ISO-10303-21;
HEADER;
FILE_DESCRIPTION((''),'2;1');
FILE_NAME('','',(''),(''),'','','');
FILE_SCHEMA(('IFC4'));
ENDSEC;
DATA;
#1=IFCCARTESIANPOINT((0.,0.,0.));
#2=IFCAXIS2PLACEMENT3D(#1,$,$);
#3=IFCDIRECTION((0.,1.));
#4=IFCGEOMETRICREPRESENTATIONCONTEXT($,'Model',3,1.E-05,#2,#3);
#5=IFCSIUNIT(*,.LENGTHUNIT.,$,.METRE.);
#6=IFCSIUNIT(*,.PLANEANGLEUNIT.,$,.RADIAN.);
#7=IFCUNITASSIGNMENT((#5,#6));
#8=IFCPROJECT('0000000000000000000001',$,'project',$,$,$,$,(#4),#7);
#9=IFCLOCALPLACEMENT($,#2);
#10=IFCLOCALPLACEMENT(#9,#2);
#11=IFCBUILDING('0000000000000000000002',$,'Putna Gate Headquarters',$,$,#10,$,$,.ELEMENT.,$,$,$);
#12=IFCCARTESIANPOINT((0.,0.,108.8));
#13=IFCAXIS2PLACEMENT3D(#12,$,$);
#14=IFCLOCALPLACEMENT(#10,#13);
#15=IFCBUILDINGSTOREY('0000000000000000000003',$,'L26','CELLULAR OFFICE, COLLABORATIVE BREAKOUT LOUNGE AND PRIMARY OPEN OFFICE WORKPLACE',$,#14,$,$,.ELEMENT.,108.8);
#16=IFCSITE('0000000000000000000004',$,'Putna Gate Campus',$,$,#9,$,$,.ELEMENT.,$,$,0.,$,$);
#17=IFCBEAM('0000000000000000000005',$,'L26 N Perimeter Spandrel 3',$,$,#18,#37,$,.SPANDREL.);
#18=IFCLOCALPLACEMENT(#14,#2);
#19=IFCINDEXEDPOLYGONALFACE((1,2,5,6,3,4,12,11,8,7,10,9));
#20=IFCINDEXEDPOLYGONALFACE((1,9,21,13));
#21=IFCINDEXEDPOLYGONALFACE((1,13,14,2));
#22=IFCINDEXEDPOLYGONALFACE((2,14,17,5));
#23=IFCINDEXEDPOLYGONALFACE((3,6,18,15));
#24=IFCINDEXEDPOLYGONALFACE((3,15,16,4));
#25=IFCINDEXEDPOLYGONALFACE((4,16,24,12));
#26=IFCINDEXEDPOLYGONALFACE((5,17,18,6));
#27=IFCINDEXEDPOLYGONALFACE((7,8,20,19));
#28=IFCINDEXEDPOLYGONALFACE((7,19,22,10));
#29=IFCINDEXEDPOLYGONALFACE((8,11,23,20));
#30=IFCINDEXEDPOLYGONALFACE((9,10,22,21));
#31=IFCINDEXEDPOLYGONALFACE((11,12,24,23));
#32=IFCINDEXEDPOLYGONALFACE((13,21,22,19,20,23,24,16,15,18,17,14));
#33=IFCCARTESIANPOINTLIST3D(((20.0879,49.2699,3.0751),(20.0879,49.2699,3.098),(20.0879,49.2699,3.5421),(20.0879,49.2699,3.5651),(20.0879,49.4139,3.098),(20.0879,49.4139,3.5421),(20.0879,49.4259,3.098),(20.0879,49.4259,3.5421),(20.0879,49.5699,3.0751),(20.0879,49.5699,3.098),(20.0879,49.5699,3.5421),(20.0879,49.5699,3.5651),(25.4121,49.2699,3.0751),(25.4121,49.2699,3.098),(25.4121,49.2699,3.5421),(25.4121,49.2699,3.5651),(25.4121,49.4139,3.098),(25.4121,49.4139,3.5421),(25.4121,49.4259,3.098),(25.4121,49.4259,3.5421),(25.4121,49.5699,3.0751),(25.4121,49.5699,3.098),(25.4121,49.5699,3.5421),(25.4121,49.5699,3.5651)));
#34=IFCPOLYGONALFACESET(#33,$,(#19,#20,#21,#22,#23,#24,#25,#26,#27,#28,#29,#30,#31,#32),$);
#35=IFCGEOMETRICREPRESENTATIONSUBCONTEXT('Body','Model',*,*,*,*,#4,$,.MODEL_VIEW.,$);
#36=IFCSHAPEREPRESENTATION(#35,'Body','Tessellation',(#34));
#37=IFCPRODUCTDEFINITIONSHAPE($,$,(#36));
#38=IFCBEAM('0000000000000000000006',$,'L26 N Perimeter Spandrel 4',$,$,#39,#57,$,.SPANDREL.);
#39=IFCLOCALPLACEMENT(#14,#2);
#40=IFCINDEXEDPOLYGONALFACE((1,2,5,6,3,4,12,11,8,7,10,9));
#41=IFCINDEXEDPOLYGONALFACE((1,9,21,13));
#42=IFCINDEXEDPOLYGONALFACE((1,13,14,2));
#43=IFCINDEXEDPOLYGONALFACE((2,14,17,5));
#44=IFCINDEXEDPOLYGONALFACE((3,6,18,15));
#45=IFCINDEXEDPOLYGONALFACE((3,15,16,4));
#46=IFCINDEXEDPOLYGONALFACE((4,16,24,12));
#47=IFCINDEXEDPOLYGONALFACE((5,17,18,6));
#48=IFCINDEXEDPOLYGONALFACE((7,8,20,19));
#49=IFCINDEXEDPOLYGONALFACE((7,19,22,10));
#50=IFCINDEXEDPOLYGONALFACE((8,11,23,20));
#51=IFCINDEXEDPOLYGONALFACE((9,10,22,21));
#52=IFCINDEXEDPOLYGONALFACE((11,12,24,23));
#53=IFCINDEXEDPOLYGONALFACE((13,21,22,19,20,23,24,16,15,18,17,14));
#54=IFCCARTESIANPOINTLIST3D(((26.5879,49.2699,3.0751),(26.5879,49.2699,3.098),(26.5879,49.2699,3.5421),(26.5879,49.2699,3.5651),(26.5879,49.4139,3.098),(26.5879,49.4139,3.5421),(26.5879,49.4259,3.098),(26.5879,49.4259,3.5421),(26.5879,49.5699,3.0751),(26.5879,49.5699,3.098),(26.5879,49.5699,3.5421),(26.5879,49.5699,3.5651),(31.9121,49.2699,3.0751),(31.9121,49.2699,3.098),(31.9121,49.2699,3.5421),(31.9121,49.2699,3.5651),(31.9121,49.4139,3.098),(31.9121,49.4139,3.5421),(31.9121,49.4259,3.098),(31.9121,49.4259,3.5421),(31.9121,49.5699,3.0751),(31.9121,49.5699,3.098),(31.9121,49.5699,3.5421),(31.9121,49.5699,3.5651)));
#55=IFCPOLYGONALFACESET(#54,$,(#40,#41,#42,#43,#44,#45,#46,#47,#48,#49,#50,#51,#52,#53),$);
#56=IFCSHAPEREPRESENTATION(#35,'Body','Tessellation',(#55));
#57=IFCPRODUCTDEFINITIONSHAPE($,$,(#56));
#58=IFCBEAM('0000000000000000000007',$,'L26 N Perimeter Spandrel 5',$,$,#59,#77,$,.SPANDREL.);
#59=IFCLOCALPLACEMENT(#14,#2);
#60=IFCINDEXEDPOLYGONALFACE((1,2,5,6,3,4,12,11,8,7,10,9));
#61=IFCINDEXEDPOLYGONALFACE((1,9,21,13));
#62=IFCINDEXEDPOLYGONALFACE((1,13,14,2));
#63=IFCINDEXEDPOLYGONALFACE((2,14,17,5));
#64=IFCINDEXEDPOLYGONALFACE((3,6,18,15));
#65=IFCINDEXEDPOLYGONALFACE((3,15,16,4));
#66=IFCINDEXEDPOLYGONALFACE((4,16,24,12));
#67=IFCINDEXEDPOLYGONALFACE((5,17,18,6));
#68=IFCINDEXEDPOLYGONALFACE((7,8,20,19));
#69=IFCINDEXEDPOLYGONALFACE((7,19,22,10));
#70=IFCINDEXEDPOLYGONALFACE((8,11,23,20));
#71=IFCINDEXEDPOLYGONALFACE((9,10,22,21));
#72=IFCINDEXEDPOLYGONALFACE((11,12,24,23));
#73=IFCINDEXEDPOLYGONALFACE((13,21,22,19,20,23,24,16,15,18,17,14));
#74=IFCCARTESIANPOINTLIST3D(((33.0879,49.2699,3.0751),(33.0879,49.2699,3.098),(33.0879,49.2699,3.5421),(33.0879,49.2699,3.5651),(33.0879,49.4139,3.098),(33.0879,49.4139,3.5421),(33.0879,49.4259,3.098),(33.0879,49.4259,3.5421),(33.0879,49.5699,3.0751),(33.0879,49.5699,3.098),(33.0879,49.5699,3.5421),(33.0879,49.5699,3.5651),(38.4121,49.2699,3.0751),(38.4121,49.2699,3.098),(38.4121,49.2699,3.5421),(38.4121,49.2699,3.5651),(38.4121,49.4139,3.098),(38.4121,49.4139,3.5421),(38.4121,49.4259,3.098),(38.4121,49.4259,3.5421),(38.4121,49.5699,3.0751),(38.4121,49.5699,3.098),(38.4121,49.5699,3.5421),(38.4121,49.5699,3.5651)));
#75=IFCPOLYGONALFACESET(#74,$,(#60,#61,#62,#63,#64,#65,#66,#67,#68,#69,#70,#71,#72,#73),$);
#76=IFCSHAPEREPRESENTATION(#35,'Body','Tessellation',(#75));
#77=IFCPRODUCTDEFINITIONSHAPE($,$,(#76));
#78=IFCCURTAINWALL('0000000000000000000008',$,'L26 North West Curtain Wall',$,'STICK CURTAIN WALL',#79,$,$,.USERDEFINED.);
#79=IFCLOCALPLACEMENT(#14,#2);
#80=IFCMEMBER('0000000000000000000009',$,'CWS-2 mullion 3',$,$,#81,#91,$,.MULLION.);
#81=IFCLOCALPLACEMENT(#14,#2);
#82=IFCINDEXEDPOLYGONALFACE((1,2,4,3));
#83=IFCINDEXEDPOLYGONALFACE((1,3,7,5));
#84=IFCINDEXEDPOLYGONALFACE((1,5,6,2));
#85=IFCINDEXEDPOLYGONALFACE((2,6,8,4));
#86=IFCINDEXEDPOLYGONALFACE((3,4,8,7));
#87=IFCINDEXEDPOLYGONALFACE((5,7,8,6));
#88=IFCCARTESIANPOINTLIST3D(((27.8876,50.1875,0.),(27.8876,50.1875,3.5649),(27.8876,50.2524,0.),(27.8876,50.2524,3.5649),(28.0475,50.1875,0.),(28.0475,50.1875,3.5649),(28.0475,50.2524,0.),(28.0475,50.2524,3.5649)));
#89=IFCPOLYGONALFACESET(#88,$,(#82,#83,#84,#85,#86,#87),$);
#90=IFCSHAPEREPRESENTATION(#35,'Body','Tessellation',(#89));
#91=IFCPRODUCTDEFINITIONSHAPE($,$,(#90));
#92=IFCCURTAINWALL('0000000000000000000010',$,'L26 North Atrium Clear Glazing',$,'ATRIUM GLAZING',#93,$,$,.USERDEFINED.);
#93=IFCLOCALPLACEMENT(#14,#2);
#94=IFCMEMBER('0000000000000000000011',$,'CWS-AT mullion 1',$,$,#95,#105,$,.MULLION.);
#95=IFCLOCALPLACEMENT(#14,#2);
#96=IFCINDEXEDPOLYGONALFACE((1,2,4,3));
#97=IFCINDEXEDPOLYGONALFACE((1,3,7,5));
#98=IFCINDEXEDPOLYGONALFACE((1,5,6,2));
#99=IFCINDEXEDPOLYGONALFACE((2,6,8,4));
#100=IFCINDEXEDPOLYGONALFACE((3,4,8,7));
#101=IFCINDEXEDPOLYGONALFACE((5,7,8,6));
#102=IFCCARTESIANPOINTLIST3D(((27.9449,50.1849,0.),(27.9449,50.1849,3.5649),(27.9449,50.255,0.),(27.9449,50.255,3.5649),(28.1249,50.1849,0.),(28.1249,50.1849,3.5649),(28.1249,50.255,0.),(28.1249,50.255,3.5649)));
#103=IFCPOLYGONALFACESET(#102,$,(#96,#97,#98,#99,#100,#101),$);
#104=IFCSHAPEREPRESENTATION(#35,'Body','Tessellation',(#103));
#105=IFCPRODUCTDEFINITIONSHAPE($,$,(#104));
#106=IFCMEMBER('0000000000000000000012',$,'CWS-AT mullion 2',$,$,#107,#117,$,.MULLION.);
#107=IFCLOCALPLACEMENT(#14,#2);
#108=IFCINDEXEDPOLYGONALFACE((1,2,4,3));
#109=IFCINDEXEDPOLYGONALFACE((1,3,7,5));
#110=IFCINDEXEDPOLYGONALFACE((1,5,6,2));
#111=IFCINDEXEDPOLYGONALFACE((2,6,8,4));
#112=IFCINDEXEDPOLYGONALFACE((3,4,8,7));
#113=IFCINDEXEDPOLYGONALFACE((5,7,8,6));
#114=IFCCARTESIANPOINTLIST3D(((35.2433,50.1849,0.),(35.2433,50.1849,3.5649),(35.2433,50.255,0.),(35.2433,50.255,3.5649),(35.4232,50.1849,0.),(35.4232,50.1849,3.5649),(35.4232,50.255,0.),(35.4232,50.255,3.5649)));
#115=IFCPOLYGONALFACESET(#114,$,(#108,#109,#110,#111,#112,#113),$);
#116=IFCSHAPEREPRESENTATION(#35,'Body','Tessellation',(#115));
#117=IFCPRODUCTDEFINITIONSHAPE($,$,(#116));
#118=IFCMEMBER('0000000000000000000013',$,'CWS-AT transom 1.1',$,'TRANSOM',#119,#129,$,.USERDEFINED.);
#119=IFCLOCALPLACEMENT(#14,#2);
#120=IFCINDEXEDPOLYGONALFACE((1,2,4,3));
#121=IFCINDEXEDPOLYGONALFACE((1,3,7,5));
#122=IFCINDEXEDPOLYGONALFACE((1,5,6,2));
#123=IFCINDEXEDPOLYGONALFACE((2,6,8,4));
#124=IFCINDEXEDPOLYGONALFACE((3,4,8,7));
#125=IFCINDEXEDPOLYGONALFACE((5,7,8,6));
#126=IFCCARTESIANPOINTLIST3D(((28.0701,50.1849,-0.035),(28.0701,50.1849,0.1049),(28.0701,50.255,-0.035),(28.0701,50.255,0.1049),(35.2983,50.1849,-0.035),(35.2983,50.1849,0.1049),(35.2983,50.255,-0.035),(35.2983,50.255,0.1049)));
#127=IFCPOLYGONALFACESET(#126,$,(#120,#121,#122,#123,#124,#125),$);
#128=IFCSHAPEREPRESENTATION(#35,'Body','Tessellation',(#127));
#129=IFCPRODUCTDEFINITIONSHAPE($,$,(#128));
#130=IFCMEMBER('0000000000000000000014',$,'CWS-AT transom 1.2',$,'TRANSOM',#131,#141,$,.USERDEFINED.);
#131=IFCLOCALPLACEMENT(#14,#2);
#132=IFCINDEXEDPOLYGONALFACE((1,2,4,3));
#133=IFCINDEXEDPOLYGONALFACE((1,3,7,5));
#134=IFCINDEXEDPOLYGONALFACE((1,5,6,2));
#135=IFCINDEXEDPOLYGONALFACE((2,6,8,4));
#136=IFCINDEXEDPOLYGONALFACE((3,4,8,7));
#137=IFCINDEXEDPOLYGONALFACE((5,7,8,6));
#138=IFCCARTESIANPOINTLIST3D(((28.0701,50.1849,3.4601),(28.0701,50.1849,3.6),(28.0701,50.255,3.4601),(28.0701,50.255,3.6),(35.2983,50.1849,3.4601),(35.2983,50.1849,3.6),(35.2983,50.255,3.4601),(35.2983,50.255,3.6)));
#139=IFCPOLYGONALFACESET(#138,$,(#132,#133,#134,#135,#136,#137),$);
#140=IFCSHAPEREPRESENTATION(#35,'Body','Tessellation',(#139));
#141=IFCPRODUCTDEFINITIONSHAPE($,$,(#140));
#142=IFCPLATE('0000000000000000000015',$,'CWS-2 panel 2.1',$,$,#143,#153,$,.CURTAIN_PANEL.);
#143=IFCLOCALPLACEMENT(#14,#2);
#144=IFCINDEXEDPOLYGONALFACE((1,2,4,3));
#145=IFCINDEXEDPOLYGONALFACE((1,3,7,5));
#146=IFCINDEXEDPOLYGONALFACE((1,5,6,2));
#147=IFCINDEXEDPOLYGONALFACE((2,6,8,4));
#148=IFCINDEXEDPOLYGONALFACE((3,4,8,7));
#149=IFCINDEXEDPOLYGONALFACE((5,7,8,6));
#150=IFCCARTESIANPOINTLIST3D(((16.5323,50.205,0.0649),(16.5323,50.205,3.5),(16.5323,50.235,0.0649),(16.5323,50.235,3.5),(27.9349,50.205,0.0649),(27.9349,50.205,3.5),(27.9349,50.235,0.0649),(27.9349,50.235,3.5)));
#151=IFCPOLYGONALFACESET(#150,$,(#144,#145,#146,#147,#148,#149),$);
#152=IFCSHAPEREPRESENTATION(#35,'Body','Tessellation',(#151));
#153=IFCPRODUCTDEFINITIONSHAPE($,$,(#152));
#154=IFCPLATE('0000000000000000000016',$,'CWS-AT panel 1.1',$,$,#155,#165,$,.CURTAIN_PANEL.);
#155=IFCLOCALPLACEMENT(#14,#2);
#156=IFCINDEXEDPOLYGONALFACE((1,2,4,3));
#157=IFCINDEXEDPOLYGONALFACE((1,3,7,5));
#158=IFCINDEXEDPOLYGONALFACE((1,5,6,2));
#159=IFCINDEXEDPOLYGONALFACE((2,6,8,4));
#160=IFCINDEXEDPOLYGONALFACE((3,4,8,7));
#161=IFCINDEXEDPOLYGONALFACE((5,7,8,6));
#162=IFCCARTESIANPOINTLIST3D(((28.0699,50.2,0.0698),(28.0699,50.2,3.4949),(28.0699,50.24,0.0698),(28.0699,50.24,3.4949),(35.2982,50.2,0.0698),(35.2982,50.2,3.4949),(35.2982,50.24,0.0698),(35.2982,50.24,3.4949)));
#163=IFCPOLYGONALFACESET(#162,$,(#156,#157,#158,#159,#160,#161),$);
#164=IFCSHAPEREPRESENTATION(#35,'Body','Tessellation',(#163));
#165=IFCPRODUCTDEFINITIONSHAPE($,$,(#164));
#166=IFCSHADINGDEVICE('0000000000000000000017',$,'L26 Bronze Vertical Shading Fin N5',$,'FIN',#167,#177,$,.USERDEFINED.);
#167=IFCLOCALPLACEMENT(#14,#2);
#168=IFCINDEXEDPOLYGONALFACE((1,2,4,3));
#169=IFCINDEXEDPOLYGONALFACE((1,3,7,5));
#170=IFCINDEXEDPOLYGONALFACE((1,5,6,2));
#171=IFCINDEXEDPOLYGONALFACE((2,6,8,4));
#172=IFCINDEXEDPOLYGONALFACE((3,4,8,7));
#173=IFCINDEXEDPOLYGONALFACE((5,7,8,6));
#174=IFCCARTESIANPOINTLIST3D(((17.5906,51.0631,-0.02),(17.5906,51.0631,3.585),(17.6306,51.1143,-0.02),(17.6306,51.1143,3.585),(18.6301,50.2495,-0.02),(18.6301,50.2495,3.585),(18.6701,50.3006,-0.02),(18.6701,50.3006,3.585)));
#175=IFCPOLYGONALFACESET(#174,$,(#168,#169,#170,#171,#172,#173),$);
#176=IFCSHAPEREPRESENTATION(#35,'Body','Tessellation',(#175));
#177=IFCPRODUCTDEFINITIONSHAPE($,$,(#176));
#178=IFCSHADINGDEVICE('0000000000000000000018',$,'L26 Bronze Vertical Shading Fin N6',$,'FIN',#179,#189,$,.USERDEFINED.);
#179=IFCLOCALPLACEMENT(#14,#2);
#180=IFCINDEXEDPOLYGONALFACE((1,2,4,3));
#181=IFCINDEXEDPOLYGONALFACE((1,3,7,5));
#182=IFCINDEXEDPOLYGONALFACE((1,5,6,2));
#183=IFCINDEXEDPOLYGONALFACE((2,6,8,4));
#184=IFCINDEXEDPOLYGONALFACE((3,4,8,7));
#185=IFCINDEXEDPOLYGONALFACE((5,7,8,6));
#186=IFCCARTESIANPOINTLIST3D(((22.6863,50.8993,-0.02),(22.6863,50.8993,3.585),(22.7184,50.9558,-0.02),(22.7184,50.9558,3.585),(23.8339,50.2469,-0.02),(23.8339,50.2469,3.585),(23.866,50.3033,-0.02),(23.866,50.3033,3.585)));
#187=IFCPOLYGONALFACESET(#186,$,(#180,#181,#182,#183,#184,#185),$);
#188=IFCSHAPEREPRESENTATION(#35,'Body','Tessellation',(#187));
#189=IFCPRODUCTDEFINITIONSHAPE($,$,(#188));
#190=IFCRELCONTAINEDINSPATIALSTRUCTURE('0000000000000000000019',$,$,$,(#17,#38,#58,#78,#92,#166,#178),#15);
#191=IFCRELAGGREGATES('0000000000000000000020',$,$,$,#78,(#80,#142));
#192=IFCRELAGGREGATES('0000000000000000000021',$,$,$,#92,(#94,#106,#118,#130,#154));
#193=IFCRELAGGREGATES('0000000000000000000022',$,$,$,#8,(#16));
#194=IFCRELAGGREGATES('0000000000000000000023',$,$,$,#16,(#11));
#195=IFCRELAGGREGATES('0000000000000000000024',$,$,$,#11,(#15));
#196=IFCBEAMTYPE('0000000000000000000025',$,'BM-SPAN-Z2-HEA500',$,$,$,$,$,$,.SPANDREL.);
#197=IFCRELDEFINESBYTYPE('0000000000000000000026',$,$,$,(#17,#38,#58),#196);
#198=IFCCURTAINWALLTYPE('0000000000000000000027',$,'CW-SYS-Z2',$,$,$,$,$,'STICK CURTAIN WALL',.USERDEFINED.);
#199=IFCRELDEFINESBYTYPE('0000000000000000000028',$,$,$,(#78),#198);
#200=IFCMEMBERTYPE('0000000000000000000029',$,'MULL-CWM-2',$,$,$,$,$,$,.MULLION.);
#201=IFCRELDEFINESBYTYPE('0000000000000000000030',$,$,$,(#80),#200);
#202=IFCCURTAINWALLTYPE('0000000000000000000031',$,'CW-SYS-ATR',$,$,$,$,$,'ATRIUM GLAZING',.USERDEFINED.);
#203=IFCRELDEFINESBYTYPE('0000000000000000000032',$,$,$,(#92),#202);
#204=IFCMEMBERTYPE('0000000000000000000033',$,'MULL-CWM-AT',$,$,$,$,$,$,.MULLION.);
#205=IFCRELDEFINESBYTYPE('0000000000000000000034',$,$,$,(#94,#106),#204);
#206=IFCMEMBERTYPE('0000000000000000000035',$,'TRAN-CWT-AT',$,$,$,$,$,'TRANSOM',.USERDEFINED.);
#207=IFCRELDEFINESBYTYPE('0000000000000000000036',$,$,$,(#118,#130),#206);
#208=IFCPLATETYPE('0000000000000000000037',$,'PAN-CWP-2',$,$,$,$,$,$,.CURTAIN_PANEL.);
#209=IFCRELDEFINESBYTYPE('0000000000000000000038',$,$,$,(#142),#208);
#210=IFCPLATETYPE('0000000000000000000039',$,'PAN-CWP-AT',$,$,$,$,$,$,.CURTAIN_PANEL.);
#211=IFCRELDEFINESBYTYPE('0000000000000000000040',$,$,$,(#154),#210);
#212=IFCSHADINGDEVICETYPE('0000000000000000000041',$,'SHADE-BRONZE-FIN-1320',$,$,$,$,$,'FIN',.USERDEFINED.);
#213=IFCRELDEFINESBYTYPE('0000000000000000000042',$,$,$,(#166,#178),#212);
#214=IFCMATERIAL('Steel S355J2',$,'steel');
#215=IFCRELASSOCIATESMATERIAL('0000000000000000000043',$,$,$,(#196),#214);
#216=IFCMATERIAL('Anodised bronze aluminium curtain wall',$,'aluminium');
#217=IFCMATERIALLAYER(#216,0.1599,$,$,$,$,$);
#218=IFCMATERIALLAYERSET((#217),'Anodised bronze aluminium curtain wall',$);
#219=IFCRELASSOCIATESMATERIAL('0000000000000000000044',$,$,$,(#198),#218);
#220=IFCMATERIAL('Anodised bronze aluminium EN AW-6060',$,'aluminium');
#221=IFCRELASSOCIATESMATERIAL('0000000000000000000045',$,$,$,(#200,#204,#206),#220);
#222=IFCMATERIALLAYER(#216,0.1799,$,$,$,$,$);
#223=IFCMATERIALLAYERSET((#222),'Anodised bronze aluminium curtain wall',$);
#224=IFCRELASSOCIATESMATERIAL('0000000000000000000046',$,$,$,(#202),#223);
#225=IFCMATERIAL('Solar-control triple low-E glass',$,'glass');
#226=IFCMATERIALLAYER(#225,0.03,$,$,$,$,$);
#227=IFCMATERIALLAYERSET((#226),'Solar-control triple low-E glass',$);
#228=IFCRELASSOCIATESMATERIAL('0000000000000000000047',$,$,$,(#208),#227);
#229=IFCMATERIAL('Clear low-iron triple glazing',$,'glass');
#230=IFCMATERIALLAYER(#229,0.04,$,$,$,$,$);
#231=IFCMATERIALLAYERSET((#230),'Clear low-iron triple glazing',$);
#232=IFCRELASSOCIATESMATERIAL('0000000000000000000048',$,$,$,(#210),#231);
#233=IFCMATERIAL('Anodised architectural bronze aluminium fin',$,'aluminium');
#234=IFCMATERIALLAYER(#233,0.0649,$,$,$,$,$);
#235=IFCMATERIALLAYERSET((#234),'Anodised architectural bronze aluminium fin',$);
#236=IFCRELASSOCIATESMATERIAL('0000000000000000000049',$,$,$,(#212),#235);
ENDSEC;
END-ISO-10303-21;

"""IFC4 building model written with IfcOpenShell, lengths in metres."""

from ifc_helpers import new_model, si_unit, direction, frame, origin, origin_2d, place, context, subcontext, project, spatial, rectangle, i_section, extrude, material, layer, layer_set, material_profile, profile_set, type_object, element, aggregate, save


model = new_model("IFC4")

# Units and contexts
model_context = context("Model", 3, precision=1e-05, world=origin(), true_north=direction((0.0, 1.0)))
body_context = subcontext(model_context, "Body", "Model", "MODEL_VIEW")
ifc_project = project(units=[si_unit("LENGTHUNIT", "METRE"), si_unit("PLANEANGLEUNIT", "RADIAN")], contexts=[model_context])

# Site, building, storey
site_placement = place(None, origin())
site = spatial("IfcSite", under=ifc_project, at=site_placement, Name="Putna Gate Campus", CompositionType="ELEMENT", RefElevation=0.0)
building_placement = place(site_placement, origin())
building = spatial("IfcBuilding", under=site, at=building_placement, Name="Putna Gate Headquarters", CompositionType="ELEMENT")
storey_placement = place(building_placement, frame((0.0, 0.0, 108.8)))
storey = spatial("IfcBuildingStorey", under=building, at=storey_placement, Name="L26", Description="CELLULAR OFFICE, COLLABORATIVE BREAKOUT LOUNGE AND PRIMARY OPEN OFFICE WORKPLACE", CompositionType="ELEMENT", Elevation=108.8)

# Beams
ifc_material_1 = material(Name="Steel S355J2", Category="steel")
ifc_material_profile_1 = material_profile(ifc_material_1, i_section(OverallWidth=0.3, OverallDepth=0.49, WebThickness=0.012, FlangeThickness=0.0229, at=origin_2d()), Name="Steel S355J2")
ifc_profile_set_1 = profile_set([ifc_material_profile_1], Name="Steel S355J2")
beam_type_1 = type_object("IfcBeamType", Name="BM-SPAN-Z2-HEA500", PredefinedType="SPANDREL", material=ifc_profile_set_1)
for number, where, z_axis, x_axis, name in (
    (1, (20.0879, 49.4199, 3.3201), (1.0, 0.0, 0.0), (0.0, 1.0, 0.0), "L26 N Perimeter Spandrel 3"),
    (2, (26.5879, 49.4199, 3.3201), (1.0, 0.0, 0.0), (0.0, 1.0, 0.0), "L26 N Perimeter Spandrel 4"),
    (3, (33.0879, 49.4199, 3.3201), (1.0, 0.0, 0.0), (0.0, 1.0, 0.0), "L26 N Perimeter Spandrel 5"),
):
    element("IfcBeam", number, at=place(storey_placement, frame(where, z_axis=z_axis, x_axis=x_axis)), inside=storey, type_object=beam_type_1, Name=name, PredefinedType="SPANDREL", context=body_context, shape_type="SweptSolid", body=[
        extrude(i_section(OverallWidth=0.3, OverallDepth=0.49, WebThickness=0.012, FlangeThickness=0.0229, at=origin_2d()), origin(), (0.0, 0.0, 1.0), 5.3242),
    ])

# Curtain wall, member
ifc_material_2 = material(Name="Anodised bronze aluminium curtain wall", Category="aluminium")
ifc_layer_1 = layer(ifc_material_2, 0.1599)
ifc_layer_set_1 = layer_set([ifc_layer_1], Name="Anodised bronze aluminium curtain wall")
curtain_wall_type_1 = type_object("IfcCurtainWallType", Name="CW-SYS-Z2", ElementType="STICK CURTAIN WALL", PredefinedType="USERDEFINED", material=ifc_layer_set_1)
curtain_wall_1_placement = place(storey_placement, origin())
curtain_wall_1 = element("IfcCurtainWall", 4, at=curtain_wall_1_placement, inside=storey, type_object=curtain_wall_type_1, Name="L26 North West Curtain Wall", ObjectType="STICK CURTAIN WALL", PredefinedType="USERDEFINED")
ifc_material_3 = material(Name="Anodised bronze aluminium EN AW-6060", Category="aluminium")
ifc_material_profile_2 = material_profile(ifc_material_3, rectangle(XDim=0.0649, YDim=0.1599, at=origin_2d()), Name="Anodised bronze aluminium EN AW-6060")
ifc_profile_set_2 = profile_set([ifc_material_profile_2], Name="Anodised bronze aluminium EN AW-6060")
member_type_1 = type_object("IfcMemberType", Name="MULL-CWM-2", PredefinedType="MULLION", material=ifc_profile_set_2)
member_1_placement = place(storey_placement, frame((27.9675, 50.22, 0.0), z_axis=(0.0, 0.0, 1.0), x_axis=(0.0, 1.0, 0.0)))
member_1 = element("IfcMember", 5, at=member_1_placement, type_object=member_type_1, Name="CWS-2 mullion 3", PredefinedType="MULLION", context=body_context, shape_type="SweptSolid", body=[
    extrude(rectangle(XDim=0.0649, YDim=0.1599, at=origin_2d()), origin(), (0.0, 0.0, 1.0), 3.5649),
])

# Curtain wall, members
ifc_layer_2 = layer(ifc_material_2, 0.1799)
ifc_layer_set_2 = layer_set([ifc_layer_2], Name="Anodised bronze aluminium curtain wall")
curtain_wall_type_2 = type_object("IfcCurtainWallType", Name="CW-SYS-ATR", ElementType="ATRIUM GLAZING", PredefinedType="USERDEFINED", material=ifc_layer_set_2)
curtain_wall_2_placement = place(storey_placement, origin())
curtain_wall_2 = element("IfcCurtainWall", 6, at=curtain_wall_2_placement, inside=storey, type_object=curtain_wall_type_2, Name="L26 North Atrium Clear Glazing", ObjectType="ATRIUM GLAZING", PredefinedType="USERDEFINED")
ifc_material_profile_3 = material_profile(ifc_material_3, rectangle(XDim=0.0701, YDim=0.1799, at=origin_2d()), Name="Anodised bronze aluminium EN AW-6060")
ifc_profile_set_3 = profile_set([ifc_material_profile_3], Name="Anodised bronze aluminium EN AW-6060")
member_type_2 = type_object("IfcMemberType", Name="MULL-CWM-AT", PredefinedType="MULLION", material=ifc_profile_set_3)
member_2_placement = place(storey_placement, frame((28.0349, 50.22, 0.0), z_axis=(0.0, 0.0, 1.0), x_axis=(0.0, 1.0, 0.0)))
member_2 = element("IfcMember", 7, at=member_2_placement, type_object=member_type_2, Name="CWS-AT mullion 1", PredefinedType="MULLION", context=body_context, shape_type="SweptSolid", body=[
    extrude(rectangle(XDim=0.0701, YDim=0.1799, at=origin_2d()), origin(), (0.0, 0.0, 1.0), 3.5649),
])
member_3_placement = place(storey_placement, frame((35.3333, 50.22, 0.0), z_axis=(0.0, 0.0, 1.0), x_axis=(0.0, 1.0, 0.0)))
member_3 = element("IfcMember", 8, at=member_3_placement, type_object=member_type_2, Name="CWS-AT mullion 2", PredefinedType="MULLION", context=body_context, shape_type="SweptSolid", body=[
    extrude(rectangle(XDim=0.0701, YDim=0.1799, at=origin_2d()), origin(), (0.0, 0.0, 1.0), 3.5649),
])
ifc_material_profile_4 = material_profile(ifc_material_3, rectangle(XDim=0.0701, YDim=0.1399, at=origin_2d()), Name="Anodised bronze aluminium EN AW-6060")
ifc_profile_set_4 = profile_set([ifc_material_profile_4], Name="Anodised bronze aluminium EN AW-6060")
member_type_3 = type_object("IfcMemberType", Name="TRAN-CWT-AT", ElementType="TRANSOM", PredefinedType="USERDEFINED", material=ifc_profile_set_4)
member_4_placement = place(storey_placement, frame((28.0701, 50.22, 0.0349), z_axis=(1.0, 0.0, 0.0), x_axis=(0.0, 1.0, 0.0)))
member_4 = element("IfcMember", 9, at=member_4_placement, type_object=member_type_3, Name="CWS-AT transom 1.1", ObjectType="TRANSOM", PredefinedType="USERDEFINED", context=body_context, shape_type="SweptSolid", body=[
    extrude(rectangle(XDim=0.0701, YDim=0.1399, at=origin_2d()), origin(), (0.0, 0.0, 1.0), 7.2283),
])
member_5_placement = place(storey_placement, frame((28.0701, 50.22, 3.53), z_axis=(1.0, 0.0, 0.0), x_axis=(0.0, 1.0, 0.0)))
member_5 = element("IfcMember", 10, at=member_5_placement, type_object=member_type_3, Name="CWS-AT transom 1.2", ObjectType="TRANSOM", PredefinedType="USERDEFINED", context=body_context, shape_type="SweptSolid", body=[
    extrude(rectangle(XDim=0.0701, YDim=0.1399, at=origin_2d()), origin(), (0.0, 0.0, 1.0), 7.2283),
])

# Plates
ifc_material_4 = material(Name="Solar-control triple low-E glass", Category="glass")
ifc_layer_3 = layer(ifc_material_4, 0.03)
ifc_layer_set_3 = layer_set([ifc_layer_3], Name="Solar-control triple low-E glass")
plate_type_1 = type_object("IfcPlateType", Name="PAN-CWP-2", PredefinedType="CURTAIN_PANEL", material=ifc_layer_set_3)
plate_1_placement = place(storey_placement, frame((22.2336, 50.22, 0.0649), z_axis=(0.0, 0.0, 1.0), x_axis=(1.0, 0.0, 0.0)))
plate_1 = element("IfcPlate", 11, at=plate_1_placement, type_object=plate_type_1, Name="CWS-2 panel 2.1", PredefinedType="CURTAIN_PANEL", context=body_context, shape_type="SweptSolid", body=[
    extrude(rectangle(XDim=11.4026, YDim=0.03, at=origin_2d()), origin(), (0.0, 0.0, 1.0), 3.4351),
])
aggregate(curtain_wall_1, [member_1, plate_1])
ifc_material_5 = material(Name="Clear low-iron triple glazing", Category="glass")
ifc_layer_4 = layer(ifc_material_5, 0.04)
ifc_layer_set_4 = layer_set([ifc_layer_4], Name="Clear low-iron triple glazing")
plate_type_2 = type_object("IfcPlateType", Name="PAN-CWP-AT", PredefinedType="CURTAIN_PANEL", material=ifc_layer_set_4)
plate_2_placement = place(storey_placement, frame((31.6841, 50.22, 0.0698), z_axis=(0.0, 0.0, 1.0), x_axis=(1.0, 0.0, 0.0)))
plate_2 = element("IfcPlate", 12, at=plate_2_placement, type_object=plate_type_2, Name="CWS-AT panel 1.1", PredefinedType="CURTAIN_PANEL", context=body_context, shape_type="SweptSolid", body=[
    extrude(rectangle(XDim=7.2283, YDim=0.04, at=origin_2d()), origin(), (0.0, 0.0, 1.0), 3.425),
])
aggregate(curtain_wall_2, [member_2, member_3, member_4, member_5, plate_2])

# Shading devices
ifc_material_6 = material(Name="Anodised architectural bronze aluminium fin", Category="aluminium")
ifc_layer_5 = layer(ifc_material_6, 0.0649)
ifc_layer_set_5 = layer_set([ifc_layer_5], Name="Anodised architectural bronze aluminium fin")
shading_device_type = type_object("IfcShadingDeviceType", Name="SHADE-BRONZE-FIN-1320", ElementType="FIN", PredefinedType="USERDEFINED", material=ifc_layer_set_5)
for number, where, z_axis, x_axis, name in (
    (13, (18.1304, 50.6819, -0.02), (0.0, 0.0, 1.0), (-0.787473, 0.616349, 0.0), "L26 Bronze Vertical Shading Fin N5"),
    (14, (23.2761, 50.6013, -0.02), (0.0, 0.0, 1.0), (-0.869322, 0.494245, 0.0), "L26 Bronze Vertical Shading Fin N6"),
):
    element("IfcShadingDevice", number, at=place(storey_placement, frame(where, z_axis=z_axis, x_axis=x_axis)), inside=storey, type_object=shading_device_type, Name=name, ObjectType="FIN", PredefinedType="USERDEFINED", context=body_context, shape_type="SweptSolid", body=[
        extrude(rectangle(XDim=1.3201, YDim=0.0649, at=origin_2d()), origin(), (0.0, 0.0, 1.0), 3.605),
    ])

save(model, "model.ifc")
